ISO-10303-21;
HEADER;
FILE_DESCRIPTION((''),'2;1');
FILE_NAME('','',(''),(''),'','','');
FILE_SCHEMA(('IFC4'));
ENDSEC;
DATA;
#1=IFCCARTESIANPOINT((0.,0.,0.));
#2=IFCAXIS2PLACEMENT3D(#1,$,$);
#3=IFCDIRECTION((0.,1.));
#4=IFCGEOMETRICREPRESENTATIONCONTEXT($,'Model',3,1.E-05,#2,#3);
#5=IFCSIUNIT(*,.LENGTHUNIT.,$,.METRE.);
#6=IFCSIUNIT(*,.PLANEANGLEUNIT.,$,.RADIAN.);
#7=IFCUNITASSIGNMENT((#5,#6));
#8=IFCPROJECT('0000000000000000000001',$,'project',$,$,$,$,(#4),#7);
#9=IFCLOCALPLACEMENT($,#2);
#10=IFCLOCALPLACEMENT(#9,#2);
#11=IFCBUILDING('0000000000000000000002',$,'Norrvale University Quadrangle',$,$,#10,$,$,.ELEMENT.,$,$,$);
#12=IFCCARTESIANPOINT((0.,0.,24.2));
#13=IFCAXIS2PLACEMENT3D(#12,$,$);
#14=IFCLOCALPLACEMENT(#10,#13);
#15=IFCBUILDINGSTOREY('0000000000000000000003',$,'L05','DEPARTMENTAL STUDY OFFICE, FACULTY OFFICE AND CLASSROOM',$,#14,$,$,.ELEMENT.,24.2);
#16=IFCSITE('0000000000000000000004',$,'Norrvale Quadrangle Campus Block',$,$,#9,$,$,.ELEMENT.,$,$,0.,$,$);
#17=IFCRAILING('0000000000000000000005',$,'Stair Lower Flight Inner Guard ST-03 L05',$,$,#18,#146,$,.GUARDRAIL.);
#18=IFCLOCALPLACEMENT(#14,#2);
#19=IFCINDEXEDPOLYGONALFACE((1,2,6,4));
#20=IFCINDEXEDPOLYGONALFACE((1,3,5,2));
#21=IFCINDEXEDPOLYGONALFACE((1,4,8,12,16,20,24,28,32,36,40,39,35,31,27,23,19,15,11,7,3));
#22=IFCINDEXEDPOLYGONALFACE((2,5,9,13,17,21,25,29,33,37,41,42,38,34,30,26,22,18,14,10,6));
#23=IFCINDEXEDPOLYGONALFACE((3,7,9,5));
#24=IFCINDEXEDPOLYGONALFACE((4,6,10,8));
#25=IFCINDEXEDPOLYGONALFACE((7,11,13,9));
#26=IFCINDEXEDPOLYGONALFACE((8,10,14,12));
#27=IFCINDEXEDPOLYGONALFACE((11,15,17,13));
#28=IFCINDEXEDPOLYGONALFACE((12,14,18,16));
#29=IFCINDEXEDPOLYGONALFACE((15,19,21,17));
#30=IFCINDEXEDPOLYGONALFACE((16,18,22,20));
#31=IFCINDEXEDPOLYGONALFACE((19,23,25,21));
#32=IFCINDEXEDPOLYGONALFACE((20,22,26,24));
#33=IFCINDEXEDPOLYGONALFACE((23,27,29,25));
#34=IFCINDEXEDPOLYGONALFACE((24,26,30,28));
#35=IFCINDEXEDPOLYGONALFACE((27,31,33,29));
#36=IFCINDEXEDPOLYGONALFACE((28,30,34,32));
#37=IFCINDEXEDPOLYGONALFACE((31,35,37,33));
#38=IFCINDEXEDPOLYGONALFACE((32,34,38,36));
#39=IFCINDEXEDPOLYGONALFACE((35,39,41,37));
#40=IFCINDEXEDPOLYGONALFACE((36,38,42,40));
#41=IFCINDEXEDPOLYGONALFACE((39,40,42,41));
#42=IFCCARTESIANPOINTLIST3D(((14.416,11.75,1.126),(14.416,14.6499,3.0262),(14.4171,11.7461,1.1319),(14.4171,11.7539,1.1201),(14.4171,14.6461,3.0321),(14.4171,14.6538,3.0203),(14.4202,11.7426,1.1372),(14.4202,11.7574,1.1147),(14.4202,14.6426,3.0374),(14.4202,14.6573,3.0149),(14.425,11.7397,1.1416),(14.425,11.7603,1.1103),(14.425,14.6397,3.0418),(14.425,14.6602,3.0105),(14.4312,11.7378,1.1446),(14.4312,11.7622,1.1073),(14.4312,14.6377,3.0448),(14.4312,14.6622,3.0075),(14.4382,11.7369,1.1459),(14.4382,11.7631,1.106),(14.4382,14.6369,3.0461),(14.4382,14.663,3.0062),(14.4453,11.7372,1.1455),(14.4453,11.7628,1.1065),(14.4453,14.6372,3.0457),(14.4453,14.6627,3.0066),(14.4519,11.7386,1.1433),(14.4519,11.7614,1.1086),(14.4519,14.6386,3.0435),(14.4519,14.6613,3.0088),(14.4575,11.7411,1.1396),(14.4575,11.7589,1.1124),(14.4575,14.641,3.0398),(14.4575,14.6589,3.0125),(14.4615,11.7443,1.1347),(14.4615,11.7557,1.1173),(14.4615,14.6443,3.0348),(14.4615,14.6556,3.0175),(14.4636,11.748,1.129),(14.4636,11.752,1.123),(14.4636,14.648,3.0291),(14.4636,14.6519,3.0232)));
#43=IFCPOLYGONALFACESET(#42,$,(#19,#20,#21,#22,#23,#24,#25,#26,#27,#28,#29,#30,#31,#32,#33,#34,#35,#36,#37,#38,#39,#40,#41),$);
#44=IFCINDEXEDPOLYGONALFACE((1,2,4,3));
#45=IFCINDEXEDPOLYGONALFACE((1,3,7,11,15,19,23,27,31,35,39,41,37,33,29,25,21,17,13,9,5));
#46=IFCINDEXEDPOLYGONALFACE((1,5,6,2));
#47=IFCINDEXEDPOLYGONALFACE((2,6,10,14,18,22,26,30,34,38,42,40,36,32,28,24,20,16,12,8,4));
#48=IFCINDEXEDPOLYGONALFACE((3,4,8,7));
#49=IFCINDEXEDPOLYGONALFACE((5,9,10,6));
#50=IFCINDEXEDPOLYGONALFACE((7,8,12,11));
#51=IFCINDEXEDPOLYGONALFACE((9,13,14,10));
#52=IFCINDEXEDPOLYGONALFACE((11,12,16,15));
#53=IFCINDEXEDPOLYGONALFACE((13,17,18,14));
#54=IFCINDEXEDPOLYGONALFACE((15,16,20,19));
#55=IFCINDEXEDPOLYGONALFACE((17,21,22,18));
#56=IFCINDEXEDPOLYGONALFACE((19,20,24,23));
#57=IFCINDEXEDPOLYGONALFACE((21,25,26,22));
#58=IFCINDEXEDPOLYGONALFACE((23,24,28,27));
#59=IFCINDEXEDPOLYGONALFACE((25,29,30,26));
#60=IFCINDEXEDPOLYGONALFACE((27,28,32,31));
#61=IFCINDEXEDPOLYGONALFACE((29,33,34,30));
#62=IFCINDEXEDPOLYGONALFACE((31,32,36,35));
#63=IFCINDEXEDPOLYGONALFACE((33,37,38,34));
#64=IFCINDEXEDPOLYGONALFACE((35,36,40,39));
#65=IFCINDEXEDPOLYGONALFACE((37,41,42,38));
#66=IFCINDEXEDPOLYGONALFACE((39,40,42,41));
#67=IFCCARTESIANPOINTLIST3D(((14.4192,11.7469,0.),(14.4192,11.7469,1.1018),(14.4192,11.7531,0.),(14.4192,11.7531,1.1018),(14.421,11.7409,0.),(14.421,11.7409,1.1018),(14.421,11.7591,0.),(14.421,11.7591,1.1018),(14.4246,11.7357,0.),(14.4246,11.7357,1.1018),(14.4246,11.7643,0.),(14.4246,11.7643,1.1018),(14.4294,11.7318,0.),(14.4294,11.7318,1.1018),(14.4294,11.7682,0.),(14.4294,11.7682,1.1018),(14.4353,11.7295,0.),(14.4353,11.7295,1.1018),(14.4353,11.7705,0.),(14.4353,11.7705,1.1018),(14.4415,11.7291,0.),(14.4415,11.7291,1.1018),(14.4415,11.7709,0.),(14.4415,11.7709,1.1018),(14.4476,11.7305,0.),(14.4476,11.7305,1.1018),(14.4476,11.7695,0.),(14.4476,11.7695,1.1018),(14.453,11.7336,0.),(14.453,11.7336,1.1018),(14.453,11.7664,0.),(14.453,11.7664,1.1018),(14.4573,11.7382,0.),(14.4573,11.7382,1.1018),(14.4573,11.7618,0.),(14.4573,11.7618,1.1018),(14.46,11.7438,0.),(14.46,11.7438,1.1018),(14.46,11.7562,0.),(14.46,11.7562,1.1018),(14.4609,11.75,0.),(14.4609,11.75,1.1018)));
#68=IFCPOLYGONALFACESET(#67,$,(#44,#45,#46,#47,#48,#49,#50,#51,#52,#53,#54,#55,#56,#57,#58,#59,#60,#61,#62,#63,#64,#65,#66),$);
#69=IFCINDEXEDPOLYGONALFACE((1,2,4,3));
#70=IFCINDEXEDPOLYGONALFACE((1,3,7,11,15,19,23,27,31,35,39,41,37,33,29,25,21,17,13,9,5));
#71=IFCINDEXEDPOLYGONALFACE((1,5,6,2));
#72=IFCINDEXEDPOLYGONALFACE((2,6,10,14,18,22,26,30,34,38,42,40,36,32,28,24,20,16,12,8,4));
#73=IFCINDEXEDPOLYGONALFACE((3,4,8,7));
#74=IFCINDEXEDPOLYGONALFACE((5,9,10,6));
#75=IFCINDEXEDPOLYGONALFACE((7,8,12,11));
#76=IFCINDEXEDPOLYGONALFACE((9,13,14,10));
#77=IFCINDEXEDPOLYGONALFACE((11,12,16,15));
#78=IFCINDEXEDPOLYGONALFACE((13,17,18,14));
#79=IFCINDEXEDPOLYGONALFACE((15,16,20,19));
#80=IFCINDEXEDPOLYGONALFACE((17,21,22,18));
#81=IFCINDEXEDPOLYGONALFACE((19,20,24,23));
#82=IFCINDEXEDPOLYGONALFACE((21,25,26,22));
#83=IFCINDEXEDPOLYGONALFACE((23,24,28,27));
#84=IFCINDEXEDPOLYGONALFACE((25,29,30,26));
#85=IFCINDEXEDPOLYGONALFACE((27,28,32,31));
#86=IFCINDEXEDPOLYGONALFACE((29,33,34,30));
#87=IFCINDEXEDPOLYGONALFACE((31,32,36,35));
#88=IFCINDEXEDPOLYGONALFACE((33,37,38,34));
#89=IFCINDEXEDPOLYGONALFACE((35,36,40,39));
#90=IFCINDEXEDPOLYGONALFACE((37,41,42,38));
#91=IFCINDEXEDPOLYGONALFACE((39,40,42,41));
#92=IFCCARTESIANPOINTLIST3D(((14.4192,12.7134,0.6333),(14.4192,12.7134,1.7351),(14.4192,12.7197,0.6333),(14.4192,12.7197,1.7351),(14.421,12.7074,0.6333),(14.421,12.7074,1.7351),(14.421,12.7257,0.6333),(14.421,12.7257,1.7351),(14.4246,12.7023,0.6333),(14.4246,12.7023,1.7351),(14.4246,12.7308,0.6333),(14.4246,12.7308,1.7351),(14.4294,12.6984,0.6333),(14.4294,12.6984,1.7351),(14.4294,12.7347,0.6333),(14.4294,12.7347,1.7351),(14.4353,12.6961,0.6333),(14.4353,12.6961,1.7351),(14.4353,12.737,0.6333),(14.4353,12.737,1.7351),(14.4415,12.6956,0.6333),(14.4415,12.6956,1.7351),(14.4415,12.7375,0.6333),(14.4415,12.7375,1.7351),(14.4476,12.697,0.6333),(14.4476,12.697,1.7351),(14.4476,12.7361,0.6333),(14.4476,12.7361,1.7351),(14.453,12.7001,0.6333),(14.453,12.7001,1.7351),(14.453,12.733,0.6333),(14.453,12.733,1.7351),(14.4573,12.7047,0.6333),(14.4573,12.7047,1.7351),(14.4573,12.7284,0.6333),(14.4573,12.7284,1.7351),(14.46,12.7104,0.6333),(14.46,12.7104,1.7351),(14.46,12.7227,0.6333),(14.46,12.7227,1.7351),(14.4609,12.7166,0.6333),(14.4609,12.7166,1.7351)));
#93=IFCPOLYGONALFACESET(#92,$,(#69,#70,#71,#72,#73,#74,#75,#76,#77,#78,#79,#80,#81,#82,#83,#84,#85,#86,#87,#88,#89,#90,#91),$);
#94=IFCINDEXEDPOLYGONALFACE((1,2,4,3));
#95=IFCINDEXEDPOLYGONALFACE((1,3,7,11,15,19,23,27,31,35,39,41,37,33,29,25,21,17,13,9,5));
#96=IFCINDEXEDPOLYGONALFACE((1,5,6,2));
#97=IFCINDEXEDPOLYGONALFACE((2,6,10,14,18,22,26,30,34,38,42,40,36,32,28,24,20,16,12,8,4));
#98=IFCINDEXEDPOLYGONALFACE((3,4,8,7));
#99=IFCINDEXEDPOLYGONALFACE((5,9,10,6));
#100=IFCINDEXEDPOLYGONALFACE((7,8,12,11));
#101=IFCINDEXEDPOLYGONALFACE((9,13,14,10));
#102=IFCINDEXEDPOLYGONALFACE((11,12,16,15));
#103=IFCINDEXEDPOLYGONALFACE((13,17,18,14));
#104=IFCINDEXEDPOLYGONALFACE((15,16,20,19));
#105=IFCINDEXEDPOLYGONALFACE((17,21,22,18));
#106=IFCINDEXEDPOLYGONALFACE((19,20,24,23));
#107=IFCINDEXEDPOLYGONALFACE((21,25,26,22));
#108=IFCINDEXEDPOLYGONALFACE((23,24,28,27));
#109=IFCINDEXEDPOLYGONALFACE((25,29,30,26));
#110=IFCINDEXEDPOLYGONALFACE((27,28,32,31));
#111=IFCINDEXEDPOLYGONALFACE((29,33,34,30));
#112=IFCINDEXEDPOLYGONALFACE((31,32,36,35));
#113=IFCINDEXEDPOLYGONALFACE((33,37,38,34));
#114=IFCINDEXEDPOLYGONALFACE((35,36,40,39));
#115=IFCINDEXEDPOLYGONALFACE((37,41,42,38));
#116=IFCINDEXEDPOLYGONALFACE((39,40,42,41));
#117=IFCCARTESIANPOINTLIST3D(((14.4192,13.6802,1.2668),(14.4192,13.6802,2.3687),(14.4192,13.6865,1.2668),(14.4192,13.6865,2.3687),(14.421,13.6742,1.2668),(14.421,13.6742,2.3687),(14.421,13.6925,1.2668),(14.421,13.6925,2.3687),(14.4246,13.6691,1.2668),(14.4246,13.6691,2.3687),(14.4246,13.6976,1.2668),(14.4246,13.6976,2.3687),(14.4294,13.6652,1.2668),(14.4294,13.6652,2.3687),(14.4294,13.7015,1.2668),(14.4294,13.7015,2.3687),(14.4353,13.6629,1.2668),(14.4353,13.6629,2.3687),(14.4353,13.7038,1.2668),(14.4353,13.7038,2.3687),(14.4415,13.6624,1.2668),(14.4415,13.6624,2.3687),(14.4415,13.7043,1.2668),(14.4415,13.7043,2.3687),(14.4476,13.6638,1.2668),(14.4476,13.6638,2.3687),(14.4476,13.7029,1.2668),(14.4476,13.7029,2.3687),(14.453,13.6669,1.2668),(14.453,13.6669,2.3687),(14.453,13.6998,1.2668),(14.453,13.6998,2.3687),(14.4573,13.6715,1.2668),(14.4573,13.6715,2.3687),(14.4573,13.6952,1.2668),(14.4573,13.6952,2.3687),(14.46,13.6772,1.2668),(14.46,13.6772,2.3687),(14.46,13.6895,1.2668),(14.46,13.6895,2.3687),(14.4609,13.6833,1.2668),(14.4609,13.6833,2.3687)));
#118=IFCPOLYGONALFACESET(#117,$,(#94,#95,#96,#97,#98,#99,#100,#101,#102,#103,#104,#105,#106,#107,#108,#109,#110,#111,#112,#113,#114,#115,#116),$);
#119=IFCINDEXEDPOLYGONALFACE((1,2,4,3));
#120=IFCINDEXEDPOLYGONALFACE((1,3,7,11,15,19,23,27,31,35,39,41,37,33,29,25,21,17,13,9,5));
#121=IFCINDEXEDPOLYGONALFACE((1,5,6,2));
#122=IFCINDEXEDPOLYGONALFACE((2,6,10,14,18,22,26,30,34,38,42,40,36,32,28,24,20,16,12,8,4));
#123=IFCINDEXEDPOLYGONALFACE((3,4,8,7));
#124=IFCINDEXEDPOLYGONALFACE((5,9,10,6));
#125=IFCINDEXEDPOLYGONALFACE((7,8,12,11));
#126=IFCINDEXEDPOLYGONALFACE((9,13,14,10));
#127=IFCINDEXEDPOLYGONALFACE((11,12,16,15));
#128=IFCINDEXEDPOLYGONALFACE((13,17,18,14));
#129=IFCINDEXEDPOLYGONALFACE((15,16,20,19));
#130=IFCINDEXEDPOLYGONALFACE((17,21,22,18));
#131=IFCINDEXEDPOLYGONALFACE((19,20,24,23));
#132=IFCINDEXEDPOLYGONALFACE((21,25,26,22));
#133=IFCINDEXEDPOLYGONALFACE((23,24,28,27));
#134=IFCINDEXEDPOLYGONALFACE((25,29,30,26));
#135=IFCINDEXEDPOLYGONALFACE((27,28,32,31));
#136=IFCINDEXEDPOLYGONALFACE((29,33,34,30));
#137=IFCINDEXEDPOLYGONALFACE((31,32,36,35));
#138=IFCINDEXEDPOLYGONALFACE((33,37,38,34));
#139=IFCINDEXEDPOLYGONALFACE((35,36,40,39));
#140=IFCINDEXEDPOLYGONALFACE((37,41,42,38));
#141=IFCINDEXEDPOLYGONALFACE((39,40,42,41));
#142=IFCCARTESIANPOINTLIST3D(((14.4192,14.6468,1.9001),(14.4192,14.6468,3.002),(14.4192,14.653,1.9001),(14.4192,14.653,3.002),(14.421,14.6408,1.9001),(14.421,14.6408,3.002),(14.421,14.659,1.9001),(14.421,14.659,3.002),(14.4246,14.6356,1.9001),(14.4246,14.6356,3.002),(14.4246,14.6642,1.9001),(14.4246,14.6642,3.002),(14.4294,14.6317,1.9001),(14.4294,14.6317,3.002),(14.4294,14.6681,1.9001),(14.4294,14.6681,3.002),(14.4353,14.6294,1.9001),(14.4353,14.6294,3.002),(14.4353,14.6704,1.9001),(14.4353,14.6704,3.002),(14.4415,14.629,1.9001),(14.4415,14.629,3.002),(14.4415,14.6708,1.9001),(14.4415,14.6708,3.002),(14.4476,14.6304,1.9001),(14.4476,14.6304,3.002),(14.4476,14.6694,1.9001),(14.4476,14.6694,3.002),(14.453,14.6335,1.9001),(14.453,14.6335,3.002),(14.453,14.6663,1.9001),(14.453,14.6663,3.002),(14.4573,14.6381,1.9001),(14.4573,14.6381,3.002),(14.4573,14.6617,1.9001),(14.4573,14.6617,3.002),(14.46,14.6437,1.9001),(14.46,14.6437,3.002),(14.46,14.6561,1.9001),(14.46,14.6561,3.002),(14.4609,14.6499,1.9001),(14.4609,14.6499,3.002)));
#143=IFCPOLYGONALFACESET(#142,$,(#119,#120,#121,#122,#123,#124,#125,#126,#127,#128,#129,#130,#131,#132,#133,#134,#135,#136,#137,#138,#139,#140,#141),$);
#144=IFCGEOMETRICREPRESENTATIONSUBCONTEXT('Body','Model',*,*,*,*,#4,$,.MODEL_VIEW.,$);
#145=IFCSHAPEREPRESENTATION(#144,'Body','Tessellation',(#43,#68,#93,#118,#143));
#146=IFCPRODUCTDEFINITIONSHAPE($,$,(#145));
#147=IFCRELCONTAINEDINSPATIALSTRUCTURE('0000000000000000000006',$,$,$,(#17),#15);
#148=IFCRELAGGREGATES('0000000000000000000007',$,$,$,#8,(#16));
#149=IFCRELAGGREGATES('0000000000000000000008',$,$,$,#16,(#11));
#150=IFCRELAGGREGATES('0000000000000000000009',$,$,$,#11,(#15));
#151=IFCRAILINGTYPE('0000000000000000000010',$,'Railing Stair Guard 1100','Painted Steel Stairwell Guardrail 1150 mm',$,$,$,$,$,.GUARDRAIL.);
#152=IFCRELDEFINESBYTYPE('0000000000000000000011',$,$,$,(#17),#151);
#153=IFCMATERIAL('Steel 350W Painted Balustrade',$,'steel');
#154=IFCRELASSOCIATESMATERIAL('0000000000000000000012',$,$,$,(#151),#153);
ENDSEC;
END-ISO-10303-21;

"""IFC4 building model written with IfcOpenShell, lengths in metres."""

from ifc_helpers import new_model, si_unit, direction, frame, origin, origin_2d, place, context, subcontext, project, spatial, circle, extrude, material, type_object, element, save


model = new_model("IFC4")

# Units and contexts
model_context = context("Model", 3, precision=1e-05, world=origin(), true_north=direction((0.0, 1.0)))
body_context = subcontext(model_context, "Body", "Model", "MODEL_VIEW")
ifc_project = project(units=[si_unit("LENGTHUNIT", "METRE"), si_unit("PLANEANGLEUNIT", "RADIAN")], contexts=[model_context])

# Site, building, storey
site_placement = place(None, origin())
site = spatial("IfcSite", under=ifc_project, at=site_placement, Name="Norrvale Quadrangle Campus Block", CompositionType="ELEMENT", RefElevation=0.0)
building_placement = place(site_placement, origin())
building = spatial("IfcBuilding", under=site, at=building_placement, Name="Norrvale University Quadrangle", CompositionType="ELEMENT")
storey_placement = place(building_placement, frame((0.0, 0.0, 24.2)))
storey = spatial("IfcBuildingStorey", under=building, at=storey_placement, Name="L05", Description="DEPARTMENTAL STUDY OFFICE, FACULTY OFFICE AND CLASSROOM", CompositionType="ELEMENT", Elevation=24.2)

# Railing
ifc_material_1 = material(Name="Steel 350W Painted Balustrade", Category="steel")
railing_type_1 = type_object("IfcRailingType", Name="Railing Stair Guard 1100", Description="Painted Steel Stairwell Guardrail 1150 mm", PredefinedType="GUARDRAIL", material=ifc_material_1)
railing_1_placement = place(storey_placement, frame((14.4399, 11.75, 0.0)))
element("IfcRailing", 1, at=railing_1_placement, inside=storey, type_object=railing_type_1, Name="Stair Lower Flight Inner Guard ST-03 L05", PredefinedType="GUARDRAIL", context=body_context, shape_type="SweptSolid", body=[
    extrude(circle(Radius=0.0239, at=origin_2d()), frame((0.0, 0.0, 1.126), z_axis=(0.0, 0.836433, 0.548069), x_axis=(-1.0, 0.0, 0.0)), (0.0, 0.0, 1.0), 3.467),
    extrude(circle(Radius=0.021, at=origin_2d()), origin(), (0.0, 0.0, 1.0), 1.1018),
    extrude(circle(Radius=0.021, at=origin_2d()), frame((0.0, 0.9666, 0.6333)), (0.0, 0.0, 1.0), 1.1018),
    extrude(circle(Radius=0.021, at=origin_2d()), frame((0.0, 1.9333, 1.2668)), (0.0, 0.0, 1.0), 1.1018),
    extrude(circle(Radius=0.021, at=origin_2d()), frame((0.0, 2.8999, 1.9001)), (0.0, 0.0, 1.0), 1.1018),
])

save(model, "model.ifc")
